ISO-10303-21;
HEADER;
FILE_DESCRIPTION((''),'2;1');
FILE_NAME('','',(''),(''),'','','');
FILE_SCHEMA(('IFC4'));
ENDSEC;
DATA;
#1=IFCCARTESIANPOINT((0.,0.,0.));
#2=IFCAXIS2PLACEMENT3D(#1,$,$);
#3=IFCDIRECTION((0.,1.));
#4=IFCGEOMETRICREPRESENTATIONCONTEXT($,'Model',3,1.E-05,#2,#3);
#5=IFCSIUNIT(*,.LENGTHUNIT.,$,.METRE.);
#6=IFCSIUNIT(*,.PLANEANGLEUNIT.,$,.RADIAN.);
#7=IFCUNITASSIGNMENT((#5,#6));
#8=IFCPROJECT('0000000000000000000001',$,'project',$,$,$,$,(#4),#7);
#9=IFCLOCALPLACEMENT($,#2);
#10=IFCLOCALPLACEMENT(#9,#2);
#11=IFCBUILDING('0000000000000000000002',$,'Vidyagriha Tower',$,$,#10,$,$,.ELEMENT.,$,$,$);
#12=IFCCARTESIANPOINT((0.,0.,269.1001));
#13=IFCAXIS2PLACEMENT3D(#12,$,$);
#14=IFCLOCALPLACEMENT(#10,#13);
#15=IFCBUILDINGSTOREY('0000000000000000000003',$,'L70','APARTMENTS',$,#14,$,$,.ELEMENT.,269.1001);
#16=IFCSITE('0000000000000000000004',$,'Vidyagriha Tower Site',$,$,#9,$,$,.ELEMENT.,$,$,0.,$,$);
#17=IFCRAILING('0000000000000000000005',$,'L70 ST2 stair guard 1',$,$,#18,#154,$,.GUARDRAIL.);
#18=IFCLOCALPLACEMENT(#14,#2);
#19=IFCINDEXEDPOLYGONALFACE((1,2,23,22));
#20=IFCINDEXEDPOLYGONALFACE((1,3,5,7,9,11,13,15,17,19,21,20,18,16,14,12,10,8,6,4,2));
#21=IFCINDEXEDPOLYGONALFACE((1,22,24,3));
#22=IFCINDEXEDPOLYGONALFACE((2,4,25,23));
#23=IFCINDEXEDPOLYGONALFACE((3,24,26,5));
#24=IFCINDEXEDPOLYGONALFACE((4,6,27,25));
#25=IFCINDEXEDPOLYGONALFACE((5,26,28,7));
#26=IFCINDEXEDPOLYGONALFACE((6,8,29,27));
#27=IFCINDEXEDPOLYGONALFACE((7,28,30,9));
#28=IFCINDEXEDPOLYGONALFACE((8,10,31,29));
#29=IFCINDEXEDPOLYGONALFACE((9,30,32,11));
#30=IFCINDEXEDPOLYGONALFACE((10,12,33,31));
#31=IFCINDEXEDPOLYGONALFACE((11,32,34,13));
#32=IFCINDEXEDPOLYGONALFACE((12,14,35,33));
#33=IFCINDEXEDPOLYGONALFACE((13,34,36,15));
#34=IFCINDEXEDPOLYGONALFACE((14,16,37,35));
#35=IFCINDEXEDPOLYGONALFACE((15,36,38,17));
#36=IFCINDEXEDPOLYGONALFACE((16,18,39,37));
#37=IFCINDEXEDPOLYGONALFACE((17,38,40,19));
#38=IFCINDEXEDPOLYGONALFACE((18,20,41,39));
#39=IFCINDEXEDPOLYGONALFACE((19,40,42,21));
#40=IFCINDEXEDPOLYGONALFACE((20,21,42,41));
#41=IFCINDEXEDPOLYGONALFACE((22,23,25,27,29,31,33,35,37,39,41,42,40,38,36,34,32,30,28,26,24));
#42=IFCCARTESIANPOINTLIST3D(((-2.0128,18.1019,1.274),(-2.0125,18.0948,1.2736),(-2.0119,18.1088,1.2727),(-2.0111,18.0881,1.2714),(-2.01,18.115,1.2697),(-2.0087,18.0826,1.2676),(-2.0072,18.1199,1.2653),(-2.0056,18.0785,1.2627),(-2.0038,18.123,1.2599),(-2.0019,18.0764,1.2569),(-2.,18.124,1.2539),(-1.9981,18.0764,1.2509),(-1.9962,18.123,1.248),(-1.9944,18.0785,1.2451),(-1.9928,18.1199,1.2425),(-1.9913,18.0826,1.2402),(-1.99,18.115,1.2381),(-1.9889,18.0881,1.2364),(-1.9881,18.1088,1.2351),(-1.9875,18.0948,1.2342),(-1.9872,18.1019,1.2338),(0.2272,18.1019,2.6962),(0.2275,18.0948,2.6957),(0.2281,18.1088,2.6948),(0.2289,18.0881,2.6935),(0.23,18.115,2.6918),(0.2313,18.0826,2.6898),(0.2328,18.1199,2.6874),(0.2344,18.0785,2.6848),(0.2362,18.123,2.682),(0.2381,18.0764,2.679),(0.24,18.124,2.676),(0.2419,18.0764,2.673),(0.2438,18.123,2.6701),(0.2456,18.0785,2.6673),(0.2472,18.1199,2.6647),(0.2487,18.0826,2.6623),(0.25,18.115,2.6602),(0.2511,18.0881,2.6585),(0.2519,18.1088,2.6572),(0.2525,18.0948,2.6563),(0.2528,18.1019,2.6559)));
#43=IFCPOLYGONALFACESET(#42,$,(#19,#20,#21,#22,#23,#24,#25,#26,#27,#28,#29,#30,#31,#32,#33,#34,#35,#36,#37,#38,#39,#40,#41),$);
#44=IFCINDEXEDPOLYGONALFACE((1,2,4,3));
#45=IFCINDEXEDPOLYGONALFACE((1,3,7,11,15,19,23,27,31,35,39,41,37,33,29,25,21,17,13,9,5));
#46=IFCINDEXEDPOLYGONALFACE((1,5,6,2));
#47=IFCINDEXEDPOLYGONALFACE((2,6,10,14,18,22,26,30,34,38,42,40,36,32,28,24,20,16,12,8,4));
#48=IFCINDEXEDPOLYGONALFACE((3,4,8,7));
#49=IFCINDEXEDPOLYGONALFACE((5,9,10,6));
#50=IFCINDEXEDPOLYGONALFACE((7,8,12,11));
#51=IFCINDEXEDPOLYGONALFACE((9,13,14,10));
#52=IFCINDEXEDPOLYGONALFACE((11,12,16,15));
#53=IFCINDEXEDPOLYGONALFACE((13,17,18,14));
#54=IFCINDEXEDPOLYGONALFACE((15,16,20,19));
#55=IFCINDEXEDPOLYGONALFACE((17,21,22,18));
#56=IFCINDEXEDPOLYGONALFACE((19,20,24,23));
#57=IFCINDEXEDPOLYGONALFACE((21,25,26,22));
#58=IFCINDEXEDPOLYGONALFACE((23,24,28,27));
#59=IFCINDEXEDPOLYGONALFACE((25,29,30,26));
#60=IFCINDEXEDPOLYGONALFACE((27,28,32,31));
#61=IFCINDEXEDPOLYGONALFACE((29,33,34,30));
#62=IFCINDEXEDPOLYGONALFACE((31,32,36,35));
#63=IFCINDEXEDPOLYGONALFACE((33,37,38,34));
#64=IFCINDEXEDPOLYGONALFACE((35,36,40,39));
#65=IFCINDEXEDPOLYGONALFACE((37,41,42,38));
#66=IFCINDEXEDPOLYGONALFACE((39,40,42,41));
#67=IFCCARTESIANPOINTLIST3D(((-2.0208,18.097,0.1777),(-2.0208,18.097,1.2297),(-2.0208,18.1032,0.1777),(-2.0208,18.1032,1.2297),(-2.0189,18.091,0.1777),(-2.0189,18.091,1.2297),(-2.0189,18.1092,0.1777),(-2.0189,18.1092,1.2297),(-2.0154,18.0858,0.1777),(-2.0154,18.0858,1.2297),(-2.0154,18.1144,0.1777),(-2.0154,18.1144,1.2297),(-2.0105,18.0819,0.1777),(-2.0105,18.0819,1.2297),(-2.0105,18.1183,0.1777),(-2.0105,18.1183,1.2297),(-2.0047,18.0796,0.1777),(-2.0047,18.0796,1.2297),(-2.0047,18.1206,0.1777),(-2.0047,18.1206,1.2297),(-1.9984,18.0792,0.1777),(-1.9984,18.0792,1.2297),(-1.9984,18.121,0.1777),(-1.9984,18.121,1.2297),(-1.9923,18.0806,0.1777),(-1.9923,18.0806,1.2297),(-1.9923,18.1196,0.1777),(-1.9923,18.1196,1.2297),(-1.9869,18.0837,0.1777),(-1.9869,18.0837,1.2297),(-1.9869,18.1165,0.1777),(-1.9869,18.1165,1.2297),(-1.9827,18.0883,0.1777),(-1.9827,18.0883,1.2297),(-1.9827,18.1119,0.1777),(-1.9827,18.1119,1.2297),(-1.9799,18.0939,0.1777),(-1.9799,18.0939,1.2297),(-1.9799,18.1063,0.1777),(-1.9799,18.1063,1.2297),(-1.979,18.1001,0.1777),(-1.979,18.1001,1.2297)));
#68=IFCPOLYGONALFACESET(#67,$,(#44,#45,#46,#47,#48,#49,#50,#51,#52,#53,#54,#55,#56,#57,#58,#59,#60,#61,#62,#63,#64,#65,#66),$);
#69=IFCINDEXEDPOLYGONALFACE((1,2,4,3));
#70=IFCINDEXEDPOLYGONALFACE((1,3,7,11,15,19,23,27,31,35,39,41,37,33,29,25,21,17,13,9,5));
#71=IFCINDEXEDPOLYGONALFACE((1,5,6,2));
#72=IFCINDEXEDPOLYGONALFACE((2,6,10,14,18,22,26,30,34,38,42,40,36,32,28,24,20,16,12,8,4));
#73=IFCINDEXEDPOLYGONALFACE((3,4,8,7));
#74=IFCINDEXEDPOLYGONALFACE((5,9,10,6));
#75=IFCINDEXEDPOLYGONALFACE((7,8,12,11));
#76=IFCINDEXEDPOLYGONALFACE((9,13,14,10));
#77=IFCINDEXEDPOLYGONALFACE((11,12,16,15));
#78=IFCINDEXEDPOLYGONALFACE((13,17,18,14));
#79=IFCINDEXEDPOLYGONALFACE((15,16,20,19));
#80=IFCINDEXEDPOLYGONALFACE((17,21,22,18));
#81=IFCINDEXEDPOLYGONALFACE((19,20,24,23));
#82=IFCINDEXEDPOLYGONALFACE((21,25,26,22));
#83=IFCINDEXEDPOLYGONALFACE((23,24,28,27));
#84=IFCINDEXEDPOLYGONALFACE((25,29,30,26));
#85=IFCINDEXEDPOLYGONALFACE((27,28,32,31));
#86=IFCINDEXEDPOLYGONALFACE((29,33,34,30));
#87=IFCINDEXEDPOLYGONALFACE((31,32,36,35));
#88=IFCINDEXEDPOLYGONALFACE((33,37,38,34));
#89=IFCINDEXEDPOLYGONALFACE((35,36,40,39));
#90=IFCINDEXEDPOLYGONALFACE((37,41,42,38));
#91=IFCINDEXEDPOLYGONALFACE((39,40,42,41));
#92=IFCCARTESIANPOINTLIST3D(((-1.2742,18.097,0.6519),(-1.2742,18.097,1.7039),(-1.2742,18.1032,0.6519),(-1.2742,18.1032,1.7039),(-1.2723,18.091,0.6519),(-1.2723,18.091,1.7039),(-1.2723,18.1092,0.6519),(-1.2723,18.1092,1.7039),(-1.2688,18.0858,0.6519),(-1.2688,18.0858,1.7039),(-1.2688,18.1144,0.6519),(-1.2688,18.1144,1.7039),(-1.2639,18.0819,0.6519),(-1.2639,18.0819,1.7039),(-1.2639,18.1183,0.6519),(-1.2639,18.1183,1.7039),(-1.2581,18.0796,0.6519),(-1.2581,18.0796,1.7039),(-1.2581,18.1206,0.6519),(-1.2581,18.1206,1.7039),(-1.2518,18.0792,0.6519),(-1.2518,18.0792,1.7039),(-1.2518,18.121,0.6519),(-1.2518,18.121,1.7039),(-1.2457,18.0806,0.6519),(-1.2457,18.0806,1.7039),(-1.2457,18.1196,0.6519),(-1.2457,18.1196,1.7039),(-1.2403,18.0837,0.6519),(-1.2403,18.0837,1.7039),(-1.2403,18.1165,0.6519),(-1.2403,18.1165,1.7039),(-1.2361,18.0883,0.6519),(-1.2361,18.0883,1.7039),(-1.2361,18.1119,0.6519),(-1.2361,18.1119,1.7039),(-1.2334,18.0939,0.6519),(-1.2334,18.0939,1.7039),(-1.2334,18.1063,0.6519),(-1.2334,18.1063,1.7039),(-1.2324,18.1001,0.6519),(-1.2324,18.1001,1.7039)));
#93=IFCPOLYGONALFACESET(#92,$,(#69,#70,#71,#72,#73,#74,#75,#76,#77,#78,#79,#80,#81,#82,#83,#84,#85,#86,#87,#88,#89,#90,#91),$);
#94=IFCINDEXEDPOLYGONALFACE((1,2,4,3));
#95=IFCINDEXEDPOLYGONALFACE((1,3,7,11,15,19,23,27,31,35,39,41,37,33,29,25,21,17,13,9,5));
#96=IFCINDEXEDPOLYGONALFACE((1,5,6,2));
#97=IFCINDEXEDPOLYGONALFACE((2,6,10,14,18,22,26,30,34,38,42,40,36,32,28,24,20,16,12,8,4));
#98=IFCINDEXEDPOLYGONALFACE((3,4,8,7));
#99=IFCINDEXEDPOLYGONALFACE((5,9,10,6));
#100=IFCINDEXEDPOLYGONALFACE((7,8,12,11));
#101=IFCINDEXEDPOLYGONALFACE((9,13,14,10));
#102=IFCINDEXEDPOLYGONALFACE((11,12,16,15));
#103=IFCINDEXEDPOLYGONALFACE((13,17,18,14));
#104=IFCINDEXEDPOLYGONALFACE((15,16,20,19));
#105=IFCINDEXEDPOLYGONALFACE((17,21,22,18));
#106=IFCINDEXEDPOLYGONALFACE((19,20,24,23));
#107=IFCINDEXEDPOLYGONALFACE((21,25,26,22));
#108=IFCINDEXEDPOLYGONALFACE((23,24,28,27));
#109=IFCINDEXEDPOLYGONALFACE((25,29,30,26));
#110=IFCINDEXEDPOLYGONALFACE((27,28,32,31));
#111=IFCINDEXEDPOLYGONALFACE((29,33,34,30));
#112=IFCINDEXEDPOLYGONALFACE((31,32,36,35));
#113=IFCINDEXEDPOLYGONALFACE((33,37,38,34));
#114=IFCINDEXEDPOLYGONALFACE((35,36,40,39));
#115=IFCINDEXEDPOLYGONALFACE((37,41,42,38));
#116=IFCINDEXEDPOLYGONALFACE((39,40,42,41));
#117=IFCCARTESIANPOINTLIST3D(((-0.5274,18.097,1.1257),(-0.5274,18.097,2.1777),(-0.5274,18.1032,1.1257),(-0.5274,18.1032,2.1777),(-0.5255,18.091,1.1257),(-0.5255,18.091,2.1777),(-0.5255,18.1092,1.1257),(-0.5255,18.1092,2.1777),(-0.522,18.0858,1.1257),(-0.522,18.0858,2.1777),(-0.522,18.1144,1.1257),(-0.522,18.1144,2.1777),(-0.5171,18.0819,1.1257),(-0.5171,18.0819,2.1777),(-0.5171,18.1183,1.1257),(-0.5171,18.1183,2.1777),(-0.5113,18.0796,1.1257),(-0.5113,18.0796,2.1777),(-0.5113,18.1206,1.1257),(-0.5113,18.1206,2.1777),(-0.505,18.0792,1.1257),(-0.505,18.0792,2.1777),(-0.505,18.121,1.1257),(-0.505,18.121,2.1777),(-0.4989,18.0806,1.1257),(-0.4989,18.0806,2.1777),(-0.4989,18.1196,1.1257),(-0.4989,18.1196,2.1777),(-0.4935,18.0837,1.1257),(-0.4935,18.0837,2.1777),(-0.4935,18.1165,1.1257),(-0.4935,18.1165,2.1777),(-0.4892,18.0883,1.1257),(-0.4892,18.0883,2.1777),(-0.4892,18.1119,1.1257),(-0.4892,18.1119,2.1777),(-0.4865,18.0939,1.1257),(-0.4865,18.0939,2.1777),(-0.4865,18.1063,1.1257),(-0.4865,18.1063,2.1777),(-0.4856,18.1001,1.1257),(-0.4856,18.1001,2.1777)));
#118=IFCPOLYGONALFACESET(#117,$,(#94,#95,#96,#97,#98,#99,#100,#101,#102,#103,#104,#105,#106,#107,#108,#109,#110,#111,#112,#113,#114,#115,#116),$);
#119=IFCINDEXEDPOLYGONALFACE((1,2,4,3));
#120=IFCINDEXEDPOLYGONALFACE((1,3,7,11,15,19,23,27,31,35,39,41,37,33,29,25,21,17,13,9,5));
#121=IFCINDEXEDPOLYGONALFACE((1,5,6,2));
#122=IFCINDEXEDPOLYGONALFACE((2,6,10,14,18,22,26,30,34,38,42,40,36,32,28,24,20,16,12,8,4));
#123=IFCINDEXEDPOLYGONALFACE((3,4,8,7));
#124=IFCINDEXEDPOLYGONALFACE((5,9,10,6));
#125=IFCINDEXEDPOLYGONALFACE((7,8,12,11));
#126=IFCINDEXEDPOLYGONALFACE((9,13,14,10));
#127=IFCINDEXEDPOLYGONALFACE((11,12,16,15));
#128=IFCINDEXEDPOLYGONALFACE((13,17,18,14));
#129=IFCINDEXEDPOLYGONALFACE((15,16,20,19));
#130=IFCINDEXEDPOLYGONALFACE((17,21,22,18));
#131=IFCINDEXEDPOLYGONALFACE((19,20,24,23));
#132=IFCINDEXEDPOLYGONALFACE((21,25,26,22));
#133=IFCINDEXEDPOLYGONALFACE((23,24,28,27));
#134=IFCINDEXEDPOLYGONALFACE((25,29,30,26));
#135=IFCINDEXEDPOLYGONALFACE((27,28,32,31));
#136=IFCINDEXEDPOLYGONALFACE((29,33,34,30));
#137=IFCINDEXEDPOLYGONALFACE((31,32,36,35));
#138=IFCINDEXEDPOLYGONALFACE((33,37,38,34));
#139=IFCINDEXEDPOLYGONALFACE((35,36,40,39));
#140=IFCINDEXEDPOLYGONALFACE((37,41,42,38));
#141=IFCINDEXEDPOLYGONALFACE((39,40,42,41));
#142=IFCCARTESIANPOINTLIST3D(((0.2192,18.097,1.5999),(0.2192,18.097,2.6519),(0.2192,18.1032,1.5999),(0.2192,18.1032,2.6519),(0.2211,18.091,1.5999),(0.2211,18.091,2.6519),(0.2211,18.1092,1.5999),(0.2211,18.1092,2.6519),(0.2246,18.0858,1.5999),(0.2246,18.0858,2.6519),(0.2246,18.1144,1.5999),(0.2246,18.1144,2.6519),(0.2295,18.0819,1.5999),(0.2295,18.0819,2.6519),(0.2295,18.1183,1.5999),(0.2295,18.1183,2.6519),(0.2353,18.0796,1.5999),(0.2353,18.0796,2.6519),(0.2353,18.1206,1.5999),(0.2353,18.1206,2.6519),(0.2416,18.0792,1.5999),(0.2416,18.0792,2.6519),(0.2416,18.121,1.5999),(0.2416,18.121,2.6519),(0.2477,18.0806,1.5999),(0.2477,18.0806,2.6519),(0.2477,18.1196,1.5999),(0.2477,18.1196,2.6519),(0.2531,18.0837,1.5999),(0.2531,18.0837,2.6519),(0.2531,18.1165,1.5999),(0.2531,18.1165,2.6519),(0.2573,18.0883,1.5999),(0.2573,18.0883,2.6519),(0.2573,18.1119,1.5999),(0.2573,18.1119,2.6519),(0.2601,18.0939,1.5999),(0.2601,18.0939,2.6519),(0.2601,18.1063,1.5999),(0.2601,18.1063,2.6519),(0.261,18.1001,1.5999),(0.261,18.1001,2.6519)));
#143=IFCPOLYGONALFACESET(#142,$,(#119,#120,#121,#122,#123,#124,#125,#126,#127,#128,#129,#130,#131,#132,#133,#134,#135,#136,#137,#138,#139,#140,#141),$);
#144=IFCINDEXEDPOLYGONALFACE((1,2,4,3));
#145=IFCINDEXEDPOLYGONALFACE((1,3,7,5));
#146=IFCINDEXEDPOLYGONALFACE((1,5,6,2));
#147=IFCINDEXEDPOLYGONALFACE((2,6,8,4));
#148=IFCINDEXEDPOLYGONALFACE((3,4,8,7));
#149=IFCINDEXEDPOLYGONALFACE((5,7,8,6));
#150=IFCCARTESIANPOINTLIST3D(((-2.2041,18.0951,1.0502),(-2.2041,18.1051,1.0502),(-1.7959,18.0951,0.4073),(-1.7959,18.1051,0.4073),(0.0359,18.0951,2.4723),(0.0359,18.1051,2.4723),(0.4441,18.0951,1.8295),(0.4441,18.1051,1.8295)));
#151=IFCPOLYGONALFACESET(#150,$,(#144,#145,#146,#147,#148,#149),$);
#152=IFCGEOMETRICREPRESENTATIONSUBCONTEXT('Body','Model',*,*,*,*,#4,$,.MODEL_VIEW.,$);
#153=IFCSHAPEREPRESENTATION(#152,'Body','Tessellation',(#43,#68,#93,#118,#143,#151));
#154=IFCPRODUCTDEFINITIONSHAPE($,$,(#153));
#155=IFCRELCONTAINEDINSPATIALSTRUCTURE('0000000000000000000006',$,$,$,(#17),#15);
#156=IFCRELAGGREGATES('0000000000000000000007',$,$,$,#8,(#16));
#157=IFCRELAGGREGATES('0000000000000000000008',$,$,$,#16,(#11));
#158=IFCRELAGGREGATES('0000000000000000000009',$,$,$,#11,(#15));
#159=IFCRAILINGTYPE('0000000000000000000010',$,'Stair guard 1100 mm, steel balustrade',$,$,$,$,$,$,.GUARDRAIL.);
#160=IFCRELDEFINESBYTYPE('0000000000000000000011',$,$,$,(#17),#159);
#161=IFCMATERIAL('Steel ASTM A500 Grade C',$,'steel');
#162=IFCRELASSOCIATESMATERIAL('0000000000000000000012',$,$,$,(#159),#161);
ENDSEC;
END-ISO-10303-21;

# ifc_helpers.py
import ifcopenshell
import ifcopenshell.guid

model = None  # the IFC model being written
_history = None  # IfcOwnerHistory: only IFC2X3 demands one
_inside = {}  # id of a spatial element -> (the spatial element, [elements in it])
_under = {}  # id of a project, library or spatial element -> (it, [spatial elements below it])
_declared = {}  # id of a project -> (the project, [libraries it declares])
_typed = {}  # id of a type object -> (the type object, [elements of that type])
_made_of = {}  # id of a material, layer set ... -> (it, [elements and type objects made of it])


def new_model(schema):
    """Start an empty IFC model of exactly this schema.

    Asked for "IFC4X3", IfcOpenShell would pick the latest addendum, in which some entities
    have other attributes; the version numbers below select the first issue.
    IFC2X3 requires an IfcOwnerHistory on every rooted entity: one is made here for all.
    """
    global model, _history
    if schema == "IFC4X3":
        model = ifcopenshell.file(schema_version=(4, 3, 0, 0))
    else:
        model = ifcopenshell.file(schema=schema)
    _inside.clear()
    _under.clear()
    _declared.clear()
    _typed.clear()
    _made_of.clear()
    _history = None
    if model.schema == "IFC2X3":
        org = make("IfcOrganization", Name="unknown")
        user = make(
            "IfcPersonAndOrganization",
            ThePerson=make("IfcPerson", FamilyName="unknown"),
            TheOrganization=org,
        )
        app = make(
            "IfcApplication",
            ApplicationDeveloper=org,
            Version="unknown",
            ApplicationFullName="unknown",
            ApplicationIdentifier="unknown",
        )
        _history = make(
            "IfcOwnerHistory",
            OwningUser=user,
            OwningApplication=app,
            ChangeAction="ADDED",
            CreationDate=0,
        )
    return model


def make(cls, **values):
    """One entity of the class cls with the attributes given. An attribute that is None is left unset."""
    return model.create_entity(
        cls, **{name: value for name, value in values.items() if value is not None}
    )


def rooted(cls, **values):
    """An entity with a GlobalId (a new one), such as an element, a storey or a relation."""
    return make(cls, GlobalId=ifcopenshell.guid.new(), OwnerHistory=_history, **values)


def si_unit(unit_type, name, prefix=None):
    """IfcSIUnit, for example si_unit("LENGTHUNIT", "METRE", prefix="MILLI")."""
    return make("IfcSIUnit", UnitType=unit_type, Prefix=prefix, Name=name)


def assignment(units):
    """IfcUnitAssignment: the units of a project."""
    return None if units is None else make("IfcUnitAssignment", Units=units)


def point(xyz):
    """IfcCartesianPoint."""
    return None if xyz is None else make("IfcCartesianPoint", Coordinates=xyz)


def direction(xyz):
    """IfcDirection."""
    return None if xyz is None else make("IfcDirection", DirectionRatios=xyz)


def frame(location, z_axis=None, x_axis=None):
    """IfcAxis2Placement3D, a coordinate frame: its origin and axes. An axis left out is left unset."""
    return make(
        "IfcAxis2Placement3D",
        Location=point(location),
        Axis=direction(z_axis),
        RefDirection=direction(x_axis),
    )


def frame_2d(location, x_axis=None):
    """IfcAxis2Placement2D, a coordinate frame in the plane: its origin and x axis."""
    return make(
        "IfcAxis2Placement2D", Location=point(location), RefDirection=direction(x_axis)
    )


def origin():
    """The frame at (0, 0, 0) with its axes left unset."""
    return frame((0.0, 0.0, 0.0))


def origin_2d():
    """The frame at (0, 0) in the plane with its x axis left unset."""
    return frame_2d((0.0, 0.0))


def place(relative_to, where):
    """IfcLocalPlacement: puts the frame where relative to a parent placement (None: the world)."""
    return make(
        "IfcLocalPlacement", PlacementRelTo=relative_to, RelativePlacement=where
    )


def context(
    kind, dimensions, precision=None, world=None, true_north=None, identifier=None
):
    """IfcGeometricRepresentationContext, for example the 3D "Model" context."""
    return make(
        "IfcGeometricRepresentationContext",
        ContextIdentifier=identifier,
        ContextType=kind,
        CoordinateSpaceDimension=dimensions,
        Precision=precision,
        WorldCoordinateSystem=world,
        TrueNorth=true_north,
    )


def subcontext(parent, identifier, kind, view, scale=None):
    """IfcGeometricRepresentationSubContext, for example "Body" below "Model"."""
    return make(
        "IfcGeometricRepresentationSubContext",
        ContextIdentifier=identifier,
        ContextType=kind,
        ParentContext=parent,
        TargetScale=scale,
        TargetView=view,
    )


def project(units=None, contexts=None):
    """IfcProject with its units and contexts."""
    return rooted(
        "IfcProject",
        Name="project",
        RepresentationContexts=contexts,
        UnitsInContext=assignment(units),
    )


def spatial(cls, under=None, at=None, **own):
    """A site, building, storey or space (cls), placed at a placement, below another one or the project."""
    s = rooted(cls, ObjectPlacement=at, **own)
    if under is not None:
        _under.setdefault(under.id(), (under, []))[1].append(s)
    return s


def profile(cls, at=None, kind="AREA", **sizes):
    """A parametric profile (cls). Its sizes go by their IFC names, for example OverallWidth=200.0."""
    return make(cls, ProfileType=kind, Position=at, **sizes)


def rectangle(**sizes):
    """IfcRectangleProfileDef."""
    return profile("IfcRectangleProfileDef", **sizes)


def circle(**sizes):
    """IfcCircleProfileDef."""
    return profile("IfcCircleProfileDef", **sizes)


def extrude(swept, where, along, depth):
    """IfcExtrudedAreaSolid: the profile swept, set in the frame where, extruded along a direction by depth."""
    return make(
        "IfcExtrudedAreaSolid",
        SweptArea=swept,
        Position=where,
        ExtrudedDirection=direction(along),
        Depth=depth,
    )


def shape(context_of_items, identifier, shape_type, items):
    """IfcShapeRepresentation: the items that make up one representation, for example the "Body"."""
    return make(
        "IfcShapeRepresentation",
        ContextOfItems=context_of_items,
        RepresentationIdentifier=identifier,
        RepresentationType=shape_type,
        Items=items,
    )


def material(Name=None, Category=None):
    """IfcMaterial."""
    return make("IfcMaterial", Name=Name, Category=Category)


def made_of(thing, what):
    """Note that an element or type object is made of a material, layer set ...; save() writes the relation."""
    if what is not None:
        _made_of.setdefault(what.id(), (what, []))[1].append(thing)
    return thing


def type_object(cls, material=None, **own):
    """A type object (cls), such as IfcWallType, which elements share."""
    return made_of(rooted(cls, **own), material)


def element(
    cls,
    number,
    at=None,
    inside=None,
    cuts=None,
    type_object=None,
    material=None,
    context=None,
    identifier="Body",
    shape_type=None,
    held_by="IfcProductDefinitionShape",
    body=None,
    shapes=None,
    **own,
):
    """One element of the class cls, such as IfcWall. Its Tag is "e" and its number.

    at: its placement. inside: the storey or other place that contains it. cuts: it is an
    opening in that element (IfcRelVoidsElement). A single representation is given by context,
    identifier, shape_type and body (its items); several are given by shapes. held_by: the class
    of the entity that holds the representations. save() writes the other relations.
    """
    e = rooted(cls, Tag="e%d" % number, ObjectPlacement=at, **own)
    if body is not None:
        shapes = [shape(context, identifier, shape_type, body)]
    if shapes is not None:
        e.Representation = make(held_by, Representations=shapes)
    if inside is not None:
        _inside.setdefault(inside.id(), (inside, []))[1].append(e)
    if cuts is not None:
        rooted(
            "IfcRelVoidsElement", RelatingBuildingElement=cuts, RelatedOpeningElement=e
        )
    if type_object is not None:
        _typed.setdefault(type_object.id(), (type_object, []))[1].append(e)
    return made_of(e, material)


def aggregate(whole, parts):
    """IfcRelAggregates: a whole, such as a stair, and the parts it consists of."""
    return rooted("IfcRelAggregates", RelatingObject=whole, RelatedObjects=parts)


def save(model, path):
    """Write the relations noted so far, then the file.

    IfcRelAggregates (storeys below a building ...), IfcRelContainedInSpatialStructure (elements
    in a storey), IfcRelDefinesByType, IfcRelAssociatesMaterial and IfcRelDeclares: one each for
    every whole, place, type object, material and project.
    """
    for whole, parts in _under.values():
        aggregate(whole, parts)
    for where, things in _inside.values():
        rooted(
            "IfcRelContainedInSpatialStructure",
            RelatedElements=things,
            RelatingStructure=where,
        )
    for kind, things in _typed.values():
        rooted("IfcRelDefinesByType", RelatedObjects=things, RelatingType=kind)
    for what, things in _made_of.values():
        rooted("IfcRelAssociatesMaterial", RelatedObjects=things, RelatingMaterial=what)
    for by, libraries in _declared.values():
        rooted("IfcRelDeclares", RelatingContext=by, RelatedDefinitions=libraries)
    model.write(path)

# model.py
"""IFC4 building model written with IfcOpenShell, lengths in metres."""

from ifc_helpers import new_model, si_unit, direction, frame, origin, origin_2d, place, context, subcontext, project, spatial, rectangle, circle, extrude, material, type_object, element, save


model = new_model("IFC4")

# Units and contexts
model_context = context("Model", 3, precision=1e-05, world=origin(), true_north=direction((0.0, 1.0)))
body_context = subcontext(model_context, "Body", "Model", "MODEL_VIEW")
ifc_project = project(units=[si_unit("LENGTHUNIT", "METRE"), si_unit("PLANEANGLEUNIT", "RADIAN")], contexts=[model_context])

# Site, building, storey
site_placement = place(None, origin())
site = spatial("IfcSite", under=ifc_project, at=site_placement, Name="Vidyagriha Tower Site", CompositionType="ELEMENT", RefElevation=0.0)
building_placement = place(site_placement, origin())
building = spatial("IfcBuilding", under=site, at=building_placement, Name="Vidyagriha Tower", CompositionType="ELEMENT")
storey_placement = place(building_placement, frame((0.0, 0.0, 269.1001)))
storey = spatial("IfcBuildingStorey", under=building, at=storey_placement, Name="L70", Description="APARTMENTS", CompositionType="ELEMENT", Elevation=269.1001)

# Railing
ifc_material_1 = material(Name="Steel ASTM A500 Grade C", Category="steel")
railing_type_1 = type_object("IfcRailingType", Name="Stair guard 1100 mm, steel balustrade", PredefinedType="GUARDRAIL", material=ifc_material_1)
for number, where, name in (
    (1, (-2.0, 18.1001, 0.1777), "L70 ST2 stair guard 1"),
):
    element("IfcRailing", number, at=place(storey_placement, frame(where)), inside=storey, type_object=railing_type_1, Name=name, PredefinedType="GUARDRAIL", context=body_context, shape_type="SweptSolid", body=[
        extrude(circle(Radius=0.0239, at=origin_2d()), frame((0.0, 0.0, 1.0762), z_axis=(0.844229, 0.0, 0.535982), x_axis=(0.0, 1.0, 0.0)), (0.0, 0.0, 1.0), 2.6533),
        extrude(circle(Radius=0.021, at=origin_2d()), origin(), (0.0, 0.0, 1.0), 1.052),
        extrude(circle(Radius=0.021, at=origin_2d()), frame((0.7466, 0.0, 0.4741)), (0.0, 0.0, 1.0), 1.052),
        extrude(circle(Radius=0.021, at=origin_2d()), frame((1.4934, 0.0, 0.948)), (0.0, 0.0, 1.0), 1.052),
        extrude(circle(Radius=0.021, at=origin_2d()), frame((2.24, 0.0, 1.4221)), (0.0, 0.0, 1.0), 1.052),
        extrude(rectangle(XDim=0.01, YDim=0.7615, at=origin_2d()), frame((0.0, 0.0, 0.551), z_axis=(0.844229, 0.0, 0.535982), x_axis=(0.0, 1.0, 0.0)), (0.0, 0.0, 1.0), 2.6533),
    ])

save(model, "model.ifc")
